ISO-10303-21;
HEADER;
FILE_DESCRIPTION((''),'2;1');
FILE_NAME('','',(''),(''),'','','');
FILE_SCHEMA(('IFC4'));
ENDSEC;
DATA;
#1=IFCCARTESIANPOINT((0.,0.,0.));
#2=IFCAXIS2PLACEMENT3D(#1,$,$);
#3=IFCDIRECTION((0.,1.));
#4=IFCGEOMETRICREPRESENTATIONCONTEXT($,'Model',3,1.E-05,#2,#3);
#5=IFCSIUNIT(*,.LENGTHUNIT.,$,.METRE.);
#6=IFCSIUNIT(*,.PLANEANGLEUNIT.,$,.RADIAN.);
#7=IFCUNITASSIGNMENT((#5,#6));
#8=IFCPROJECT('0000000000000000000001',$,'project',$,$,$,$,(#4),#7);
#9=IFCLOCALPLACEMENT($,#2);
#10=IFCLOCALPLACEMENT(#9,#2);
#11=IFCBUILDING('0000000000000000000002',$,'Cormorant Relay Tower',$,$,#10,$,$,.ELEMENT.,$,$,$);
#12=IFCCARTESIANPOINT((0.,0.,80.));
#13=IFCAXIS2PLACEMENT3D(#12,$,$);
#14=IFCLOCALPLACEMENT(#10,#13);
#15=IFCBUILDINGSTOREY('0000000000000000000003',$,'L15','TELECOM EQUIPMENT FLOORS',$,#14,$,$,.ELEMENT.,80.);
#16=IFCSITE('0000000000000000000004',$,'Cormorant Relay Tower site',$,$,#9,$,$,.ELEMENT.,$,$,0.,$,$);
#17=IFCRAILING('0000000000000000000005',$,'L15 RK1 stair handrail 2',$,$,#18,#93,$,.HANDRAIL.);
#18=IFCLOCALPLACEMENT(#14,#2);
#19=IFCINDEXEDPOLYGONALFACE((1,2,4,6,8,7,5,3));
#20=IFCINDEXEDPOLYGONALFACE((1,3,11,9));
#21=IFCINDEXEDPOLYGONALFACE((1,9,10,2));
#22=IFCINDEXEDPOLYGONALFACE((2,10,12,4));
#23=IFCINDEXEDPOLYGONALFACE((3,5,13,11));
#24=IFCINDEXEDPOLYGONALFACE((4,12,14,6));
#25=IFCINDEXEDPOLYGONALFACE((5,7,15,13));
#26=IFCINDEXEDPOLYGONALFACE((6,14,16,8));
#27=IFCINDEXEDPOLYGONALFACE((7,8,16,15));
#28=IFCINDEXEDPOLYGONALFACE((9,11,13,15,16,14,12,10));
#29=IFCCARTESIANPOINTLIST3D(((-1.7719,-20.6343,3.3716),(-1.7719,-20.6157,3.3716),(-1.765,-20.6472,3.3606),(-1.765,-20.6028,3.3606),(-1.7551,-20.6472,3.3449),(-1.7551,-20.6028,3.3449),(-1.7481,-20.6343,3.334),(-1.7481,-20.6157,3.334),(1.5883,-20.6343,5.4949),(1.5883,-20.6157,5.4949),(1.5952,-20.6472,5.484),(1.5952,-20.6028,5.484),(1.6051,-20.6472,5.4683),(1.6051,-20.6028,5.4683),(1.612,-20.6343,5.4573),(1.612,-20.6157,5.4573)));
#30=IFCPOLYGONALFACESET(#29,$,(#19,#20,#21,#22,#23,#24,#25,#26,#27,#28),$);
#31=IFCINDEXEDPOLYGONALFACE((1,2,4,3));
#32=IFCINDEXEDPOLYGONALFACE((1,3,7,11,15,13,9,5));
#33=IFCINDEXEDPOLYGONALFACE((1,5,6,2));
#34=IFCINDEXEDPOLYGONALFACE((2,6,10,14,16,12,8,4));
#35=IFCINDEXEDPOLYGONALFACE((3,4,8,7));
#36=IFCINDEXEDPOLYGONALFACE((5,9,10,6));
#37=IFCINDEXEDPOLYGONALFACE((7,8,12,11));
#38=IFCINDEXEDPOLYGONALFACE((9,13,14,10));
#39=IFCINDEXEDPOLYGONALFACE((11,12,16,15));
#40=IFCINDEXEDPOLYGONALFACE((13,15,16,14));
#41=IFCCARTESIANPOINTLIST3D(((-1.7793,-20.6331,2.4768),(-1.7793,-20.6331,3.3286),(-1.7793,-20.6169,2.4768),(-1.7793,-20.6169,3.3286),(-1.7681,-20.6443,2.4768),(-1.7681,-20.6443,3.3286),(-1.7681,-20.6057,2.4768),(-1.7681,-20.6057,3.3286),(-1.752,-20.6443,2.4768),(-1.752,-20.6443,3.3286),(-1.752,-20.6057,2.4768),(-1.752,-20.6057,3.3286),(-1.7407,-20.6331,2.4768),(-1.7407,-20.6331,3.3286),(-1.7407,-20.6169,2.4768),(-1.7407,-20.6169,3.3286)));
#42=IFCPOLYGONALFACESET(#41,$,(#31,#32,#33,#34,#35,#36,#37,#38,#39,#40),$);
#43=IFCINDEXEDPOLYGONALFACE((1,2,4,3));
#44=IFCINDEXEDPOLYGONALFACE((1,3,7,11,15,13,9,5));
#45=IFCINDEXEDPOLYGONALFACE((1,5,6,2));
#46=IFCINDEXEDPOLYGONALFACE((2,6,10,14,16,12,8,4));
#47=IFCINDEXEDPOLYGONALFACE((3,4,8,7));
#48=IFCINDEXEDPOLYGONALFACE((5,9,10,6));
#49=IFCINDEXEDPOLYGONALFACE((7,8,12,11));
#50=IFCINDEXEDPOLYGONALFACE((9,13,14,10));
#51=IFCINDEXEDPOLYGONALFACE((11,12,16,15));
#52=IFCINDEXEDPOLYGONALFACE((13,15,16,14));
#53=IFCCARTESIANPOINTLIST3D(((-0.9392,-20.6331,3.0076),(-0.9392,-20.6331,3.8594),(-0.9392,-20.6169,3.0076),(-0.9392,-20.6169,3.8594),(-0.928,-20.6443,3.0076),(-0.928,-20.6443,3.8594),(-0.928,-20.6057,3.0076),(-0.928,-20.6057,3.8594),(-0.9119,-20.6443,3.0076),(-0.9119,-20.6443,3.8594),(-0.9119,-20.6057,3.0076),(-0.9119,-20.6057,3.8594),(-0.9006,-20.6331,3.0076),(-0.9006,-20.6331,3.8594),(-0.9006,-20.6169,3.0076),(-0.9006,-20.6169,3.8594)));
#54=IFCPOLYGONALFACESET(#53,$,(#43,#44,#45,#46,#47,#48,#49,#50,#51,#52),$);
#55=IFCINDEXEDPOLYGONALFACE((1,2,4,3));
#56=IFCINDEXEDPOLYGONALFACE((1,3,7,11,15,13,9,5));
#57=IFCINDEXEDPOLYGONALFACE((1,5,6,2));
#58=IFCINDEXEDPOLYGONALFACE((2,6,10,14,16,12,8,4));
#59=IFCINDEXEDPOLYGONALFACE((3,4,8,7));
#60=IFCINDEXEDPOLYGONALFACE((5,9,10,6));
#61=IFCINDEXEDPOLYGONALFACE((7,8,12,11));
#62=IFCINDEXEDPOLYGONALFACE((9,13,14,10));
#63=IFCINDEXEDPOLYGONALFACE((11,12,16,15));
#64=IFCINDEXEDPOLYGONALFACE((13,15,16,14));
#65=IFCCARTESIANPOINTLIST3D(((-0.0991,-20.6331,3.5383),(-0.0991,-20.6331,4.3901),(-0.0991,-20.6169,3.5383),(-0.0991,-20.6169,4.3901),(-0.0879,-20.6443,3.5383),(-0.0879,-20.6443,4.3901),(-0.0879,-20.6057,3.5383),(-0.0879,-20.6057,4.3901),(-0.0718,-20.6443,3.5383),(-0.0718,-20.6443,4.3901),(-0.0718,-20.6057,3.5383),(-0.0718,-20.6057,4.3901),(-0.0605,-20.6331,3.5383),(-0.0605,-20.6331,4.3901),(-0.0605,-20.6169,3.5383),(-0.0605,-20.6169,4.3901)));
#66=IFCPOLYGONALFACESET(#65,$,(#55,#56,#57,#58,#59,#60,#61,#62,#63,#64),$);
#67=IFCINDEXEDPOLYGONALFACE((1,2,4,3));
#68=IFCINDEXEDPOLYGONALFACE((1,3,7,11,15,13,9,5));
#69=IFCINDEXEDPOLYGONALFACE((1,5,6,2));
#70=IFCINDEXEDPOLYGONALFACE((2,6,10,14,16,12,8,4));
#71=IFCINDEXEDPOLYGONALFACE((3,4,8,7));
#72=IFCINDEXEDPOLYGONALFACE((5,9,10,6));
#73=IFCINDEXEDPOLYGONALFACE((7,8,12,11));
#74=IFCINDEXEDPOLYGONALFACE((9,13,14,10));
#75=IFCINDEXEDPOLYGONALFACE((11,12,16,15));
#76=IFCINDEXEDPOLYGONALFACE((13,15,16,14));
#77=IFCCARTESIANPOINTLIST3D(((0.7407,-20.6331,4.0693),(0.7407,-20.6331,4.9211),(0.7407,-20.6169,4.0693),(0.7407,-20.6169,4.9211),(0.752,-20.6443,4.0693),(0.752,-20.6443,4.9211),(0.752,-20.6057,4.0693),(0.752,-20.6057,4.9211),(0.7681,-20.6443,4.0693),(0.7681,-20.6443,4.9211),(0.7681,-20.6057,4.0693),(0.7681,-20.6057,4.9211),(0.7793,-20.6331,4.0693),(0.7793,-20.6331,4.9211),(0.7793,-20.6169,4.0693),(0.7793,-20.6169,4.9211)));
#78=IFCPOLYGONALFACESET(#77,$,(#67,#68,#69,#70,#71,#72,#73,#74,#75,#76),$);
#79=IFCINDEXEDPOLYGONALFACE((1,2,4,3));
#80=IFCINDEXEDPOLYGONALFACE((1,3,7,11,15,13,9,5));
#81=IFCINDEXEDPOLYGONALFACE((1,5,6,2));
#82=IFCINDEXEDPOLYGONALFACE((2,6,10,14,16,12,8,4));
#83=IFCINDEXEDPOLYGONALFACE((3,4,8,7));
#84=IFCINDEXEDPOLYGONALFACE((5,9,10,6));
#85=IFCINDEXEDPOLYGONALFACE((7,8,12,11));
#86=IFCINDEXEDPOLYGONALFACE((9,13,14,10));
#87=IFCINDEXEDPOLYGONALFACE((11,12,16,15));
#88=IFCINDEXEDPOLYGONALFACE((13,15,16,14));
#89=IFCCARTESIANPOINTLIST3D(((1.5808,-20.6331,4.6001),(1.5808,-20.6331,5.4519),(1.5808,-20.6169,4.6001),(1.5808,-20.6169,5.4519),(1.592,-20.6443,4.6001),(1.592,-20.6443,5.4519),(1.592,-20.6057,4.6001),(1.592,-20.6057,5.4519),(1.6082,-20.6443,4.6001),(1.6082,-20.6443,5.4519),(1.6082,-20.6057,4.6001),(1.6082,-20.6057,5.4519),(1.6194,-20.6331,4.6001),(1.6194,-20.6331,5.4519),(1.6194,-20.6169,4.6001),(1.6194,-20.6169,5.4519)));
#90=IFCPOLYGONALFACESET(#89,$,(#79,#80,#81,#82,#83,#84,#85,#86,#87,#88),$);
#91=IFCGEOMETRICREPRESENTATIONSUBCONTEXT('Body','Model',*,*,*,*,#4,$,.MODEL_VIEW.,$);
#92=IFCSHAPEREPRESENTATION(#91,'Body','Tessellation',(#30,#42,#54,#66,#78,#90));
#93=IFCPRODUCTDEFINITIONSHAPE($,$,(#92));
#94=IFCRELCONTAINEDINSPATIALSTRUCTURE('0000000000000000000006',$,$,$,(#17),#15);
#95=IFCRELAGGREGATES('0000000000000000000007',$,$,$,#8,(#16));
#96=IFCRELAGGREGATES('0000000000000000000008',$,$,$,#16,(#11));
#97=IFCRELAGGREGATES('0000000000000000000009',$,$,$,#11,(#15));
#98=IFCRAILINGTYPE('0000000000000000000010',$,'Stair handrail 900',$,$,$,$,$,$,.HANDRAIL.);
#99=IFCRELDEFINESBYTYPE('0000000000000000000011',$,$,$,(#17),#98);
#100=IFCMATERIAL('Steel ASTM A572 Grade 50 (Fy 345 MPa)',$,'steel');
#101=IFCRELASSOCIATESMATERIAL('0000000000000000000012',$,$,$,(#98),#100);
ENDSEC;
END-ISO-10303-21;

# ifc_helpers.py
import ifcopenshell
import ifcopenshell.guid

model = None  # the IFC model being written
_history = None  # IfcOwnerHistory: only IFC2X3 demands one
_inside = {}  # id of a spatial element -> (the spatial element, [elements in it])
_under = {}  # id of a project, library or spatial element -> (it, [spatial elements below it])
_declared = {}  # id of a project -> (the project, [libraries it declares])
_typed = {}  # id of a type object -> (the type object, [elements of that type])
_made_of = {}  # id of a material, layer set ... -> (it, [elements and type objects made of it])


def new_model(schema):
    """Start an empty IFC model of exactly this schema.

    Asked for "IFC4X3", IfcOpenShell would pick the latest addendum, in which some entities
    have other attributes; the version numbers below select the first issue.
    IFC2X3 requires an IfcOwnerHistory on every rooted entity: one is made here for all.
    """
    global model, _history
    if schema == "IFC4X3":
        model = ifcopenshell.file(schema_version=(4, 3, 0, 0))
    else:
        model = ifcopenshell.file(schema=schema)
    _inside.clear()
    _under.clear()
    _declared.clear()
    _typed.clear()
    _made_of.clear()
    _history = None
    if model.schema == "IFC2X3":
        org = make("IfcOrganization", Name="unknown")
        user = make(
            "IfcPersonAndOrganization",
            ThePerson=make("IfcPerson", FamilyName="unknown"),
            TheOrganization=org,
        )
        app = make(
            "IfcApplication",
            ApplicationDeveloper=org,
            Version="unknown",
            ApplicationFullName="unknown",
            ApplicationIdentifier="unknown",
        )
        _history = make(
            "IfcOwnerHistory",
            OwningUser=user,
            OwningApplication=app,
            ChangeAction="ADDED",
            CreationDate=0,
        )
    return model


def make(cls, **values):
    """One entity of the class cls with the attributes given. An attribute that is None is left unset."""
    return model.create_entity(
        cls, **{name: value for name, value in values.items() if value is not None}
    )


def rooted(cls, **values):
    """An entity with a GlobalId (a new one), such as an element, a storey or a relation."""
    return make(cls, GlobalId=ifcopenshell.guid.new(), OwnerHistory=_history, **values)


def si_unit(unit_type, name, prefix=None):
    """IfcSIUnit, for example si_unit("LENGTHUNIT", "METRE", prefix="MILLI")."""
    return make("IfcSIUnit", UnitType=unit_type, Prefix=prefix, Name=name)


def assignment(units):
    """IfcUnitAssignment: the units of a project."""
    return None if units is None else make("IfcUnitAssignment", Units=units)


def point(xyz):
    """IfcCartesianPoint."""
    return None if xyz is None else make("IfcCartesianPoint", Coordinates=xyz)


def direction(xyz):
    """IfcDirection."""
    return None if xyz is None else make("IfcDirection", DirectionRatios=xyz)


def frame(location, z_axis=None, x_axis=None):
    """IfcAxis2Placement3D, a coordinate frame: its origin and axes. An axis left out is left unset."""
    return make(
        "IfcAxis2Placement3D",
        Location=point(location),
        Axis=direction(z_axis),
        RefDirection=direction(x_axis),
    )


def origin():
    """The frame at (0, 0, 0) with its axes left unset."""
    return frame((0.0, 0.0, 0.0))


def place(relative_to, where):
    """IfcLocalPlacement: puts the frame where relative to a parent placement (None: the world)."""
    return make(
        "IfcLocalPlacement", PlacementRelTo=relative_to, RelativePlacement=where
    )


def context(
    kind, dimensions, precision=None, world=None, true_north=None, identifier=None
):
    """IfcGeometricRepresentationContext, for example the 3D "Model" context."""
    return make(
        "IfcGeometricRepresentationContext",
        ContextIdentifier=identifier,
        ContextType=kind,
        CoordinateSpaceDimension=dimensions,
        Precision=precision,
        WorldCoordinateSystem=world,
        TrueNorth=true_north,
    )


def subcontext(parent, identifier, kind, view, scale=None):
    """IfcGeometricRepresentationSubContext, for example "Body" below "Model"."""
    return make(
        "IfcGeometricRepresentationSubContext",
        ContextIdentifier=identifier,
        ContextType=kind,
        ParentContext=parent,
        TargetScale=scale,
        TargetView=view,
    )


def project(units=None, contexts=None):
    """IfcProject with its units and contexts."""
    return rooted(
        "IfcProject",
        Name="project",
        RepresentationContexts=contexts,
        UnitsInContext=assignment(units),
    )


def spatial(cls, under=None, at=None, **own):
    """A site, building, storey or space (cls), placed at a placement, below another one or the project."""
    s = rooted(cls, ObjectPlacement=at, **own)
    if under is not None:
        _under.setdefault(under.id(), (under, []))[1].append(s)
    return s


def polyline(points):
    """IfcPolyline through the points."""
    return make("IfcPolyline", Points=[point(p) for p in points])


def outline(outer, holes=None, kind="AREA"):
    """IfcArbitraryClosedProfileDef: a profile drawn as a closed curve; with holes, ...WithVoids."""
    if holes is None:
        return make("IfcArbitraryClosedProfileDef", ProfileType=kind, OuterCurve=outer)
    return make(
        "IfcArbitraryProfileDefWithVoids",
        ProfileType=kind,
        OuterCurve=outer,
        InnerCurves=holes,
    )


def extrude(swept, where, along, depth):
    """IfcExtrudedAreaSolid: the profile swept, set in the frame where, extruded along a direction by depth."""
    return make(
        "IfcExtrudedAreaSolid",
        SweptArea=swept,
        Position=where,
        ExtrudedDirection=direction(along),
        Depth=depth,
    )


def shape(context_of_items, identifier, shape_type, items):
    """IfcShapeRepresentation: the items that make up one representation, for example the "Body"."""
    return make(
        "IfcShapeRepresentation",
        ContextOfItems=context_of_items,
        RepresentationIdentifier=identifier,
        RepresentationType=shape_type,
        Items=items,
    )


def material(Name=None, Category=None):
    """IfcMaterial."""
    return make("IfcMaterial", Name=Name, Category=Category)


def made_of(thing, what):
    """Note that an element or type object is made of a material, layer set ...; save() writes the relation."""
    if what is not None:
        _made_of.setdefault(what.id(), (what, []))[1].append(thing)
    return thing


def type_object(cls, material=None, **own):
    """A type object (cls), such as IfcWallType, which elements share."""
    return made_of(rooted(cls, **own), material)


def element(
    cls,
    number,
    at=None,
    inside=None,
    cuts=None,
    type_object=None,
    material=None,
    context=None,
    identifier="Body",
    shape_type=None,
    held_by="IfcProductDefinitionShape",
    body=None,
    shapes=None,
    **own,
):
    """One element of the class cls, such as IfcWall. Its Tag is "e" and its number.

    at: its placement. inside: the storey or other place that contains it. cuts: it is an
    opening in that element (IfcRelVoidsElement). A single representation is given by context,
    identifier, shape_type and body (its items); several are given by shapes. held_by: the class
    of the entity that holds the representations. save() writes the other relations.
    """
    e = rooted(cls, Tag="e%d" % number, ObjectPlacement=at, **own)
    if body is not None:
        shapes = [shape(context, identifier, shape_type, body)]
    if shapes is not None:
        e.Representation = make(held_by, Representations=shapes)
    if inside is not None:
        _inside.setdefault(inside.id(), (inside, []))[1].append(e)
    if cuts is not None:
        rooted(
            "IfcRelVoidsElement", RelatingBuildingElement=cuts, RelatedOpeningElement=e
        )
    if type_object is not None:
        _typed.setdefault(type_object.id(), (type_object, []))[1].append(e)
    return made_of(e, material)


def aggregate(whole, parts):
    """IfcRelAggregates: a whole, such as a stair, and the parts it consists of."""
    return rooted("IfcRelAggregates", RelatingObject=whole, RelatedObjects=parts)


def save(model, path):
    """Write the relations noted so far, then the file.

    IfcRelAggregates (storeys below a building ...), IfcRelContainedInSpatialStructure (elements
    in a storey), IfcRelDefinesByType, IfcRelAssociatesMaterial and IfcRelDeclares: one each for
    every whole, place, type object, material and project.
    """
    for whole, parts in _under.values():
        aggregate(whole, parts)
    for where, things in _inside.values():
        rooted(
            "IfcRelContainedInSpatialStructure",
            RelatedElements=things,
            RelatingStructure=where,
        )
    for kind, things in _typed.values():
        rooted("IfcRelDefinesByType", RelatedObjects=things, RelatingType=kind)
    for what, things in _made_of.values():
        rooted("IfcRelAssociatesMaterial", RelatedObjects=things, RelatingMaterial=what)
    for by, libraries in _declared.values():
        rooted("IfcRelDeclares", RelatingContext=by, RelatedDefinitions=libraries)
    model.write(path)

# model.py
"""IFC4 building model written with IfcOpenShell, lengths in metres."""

from ifc_helpers import new_model, si_unit, direction, frame, origin, place, context, subcontext, project, spatial, polyline, outline, extrude, material, type_object, element, save


model = new_model("IFC4")

# Units and contexts
model_context = context("Model", 3, precision=1e-05, world=origin(), true_north=direction((0.0, 1.0)))
body_context = subcontext(model_context, "Body", "Model", "MODEL_VIEW")
ifc_project = project(units=[si_unit("LENGTHUNIT", "METRE"), si_unit("PLANEANGLEUNIT", "RADIAN")], contexts=[model_context])

# Site, building, storey
site_placement = place(None, origin())
site = spatial("IfcSite", under=ifc_project, at=site_placement, Name="Cormorant Relay Tower site", CompositionType="ELEMENT", RefElevation=0.0)
building_placement = place(site_placement, origin())
building = spatial("IfcBuilding", under=site, at=building_placement, Name="Cormorant Relay Tower", CompositionType="ELEMENT")
storey_placement = place(building_placement, frame((0.0, 0.0, 80.0)))
storey = spatial("IfcBuildingStorey", under=building, at=storey_placement, Name="L15", Description="TELECOM EQUIPMENT FLOORS", CompositionType="ELEMENT", Elevation=80.0)

# Railing
ifc_material_1 = material(Name="Steel ASTM A572 Grade 50 (Fy 345 MPa)", Category="steel")
railing_type_1 = type_object("IfcRailingType", Name="Stair handrail 900", PredefinedType="HANDRAIL", material=ifc_material_1)
railing_1_placement = place(storey_placement, frame((-1.76, -20.625, 2.4768)))
element("IfcRailing", 1, at=railing_1_placement, inside=storey, type_object=railing_type_1, Name="L15 RK1 stair handrail 2", PredefinedType="HANDRAIL", context=body_context, shape_type="SweptSolid", body=[
    extrude(outline(polyline([(0.0222, 0.0093), (0.0093, 0.0222), (-0.0093, 0.0222), (-0.0222, 0.0093), (-0.0222, -0.0093), (-0.0093, -0.0222), (0.0093, -0.0222), (0.0222, -0.0093), (0.0222, 0.0093)])), frame((0.0, 0.0, 0.876), z_axis=(0.845362, 0.0, 0.534194), x_axis=(0.0, 1.0, 0.0)), (0.0, 0.0, 1.0), 3.9749),
    extrude(outline(polyline([(0.0193, 0.0081), (0.0081, 0.0193), (-0.0081, 0.0193), (-0.0193, 0.0081), (-0.0193, -0.0081), (-0.0081, -0.0193), (0.0081, -0.0193), (0.0193, -0.0081), (0.0193, 0.0081)])), origin(), (0.0, 0.0, 1.0), 0.8518),
    extrude(outline(polyline([(0.0193, 0.0081), (0.0081, 0.0193), (-0.0081, 0.0193), (-0.0193, 0.0081), (-0.0193, -0.0081), (-0.0081, -0.0193), (0.0081, -0.0193), (0.0193, -0.0081), (0.0193, 0.0081)])), frame((0.8401, 0.0, 0.5308)), (0.0, 0.0, 1.0), 0.8518),
    extrude(outline(polyline([(0.0193, 0.0081), (0.0081, 0.0193), (-0.0081, 0.0193), (-0.0193, 0.0081), (-0.0193, -0.0081), (-0.0081, -0.0193), (0.0081, -0.0193), (0.0193, -0.0081), (0.0193, 0.0081)])), frame((1.6802, 0.0, 1.0615)), (0.0, 0.0, 1.0), 0.8518),
    extrude(outline(polyline([(0.0193, 0.0081), (0.0081, 0.0193), (-0.0081, 0.0193), (-0.0193, 0.0081), (-0.0193, -0.0081), (-0.0081, -0.0193), (0.0081, -0.0193), (0.0193, -0.0081), (0.0193, 0.0081)])), frame((2.52, 0.0, 1.5925)), (0.0, 0.0, 1.0), 0.8518),
    extrude(outline(polyline([(0.0193, 0.0081), (0.0081, 0.0193), (-0.0081, 0.0193), (-0.0193, 0.0081), (-0.0193, -0.0081), (-0.0081, -0.0193), (0.0081, -0.0193), (0.0193, -0.0081), (0.0193, 0.0081)])), frame((3.3601, 0.0, 2.1233)), (0.0, 0.0, 1.0), 0.8518),
])

save(model, "model.ifc")
